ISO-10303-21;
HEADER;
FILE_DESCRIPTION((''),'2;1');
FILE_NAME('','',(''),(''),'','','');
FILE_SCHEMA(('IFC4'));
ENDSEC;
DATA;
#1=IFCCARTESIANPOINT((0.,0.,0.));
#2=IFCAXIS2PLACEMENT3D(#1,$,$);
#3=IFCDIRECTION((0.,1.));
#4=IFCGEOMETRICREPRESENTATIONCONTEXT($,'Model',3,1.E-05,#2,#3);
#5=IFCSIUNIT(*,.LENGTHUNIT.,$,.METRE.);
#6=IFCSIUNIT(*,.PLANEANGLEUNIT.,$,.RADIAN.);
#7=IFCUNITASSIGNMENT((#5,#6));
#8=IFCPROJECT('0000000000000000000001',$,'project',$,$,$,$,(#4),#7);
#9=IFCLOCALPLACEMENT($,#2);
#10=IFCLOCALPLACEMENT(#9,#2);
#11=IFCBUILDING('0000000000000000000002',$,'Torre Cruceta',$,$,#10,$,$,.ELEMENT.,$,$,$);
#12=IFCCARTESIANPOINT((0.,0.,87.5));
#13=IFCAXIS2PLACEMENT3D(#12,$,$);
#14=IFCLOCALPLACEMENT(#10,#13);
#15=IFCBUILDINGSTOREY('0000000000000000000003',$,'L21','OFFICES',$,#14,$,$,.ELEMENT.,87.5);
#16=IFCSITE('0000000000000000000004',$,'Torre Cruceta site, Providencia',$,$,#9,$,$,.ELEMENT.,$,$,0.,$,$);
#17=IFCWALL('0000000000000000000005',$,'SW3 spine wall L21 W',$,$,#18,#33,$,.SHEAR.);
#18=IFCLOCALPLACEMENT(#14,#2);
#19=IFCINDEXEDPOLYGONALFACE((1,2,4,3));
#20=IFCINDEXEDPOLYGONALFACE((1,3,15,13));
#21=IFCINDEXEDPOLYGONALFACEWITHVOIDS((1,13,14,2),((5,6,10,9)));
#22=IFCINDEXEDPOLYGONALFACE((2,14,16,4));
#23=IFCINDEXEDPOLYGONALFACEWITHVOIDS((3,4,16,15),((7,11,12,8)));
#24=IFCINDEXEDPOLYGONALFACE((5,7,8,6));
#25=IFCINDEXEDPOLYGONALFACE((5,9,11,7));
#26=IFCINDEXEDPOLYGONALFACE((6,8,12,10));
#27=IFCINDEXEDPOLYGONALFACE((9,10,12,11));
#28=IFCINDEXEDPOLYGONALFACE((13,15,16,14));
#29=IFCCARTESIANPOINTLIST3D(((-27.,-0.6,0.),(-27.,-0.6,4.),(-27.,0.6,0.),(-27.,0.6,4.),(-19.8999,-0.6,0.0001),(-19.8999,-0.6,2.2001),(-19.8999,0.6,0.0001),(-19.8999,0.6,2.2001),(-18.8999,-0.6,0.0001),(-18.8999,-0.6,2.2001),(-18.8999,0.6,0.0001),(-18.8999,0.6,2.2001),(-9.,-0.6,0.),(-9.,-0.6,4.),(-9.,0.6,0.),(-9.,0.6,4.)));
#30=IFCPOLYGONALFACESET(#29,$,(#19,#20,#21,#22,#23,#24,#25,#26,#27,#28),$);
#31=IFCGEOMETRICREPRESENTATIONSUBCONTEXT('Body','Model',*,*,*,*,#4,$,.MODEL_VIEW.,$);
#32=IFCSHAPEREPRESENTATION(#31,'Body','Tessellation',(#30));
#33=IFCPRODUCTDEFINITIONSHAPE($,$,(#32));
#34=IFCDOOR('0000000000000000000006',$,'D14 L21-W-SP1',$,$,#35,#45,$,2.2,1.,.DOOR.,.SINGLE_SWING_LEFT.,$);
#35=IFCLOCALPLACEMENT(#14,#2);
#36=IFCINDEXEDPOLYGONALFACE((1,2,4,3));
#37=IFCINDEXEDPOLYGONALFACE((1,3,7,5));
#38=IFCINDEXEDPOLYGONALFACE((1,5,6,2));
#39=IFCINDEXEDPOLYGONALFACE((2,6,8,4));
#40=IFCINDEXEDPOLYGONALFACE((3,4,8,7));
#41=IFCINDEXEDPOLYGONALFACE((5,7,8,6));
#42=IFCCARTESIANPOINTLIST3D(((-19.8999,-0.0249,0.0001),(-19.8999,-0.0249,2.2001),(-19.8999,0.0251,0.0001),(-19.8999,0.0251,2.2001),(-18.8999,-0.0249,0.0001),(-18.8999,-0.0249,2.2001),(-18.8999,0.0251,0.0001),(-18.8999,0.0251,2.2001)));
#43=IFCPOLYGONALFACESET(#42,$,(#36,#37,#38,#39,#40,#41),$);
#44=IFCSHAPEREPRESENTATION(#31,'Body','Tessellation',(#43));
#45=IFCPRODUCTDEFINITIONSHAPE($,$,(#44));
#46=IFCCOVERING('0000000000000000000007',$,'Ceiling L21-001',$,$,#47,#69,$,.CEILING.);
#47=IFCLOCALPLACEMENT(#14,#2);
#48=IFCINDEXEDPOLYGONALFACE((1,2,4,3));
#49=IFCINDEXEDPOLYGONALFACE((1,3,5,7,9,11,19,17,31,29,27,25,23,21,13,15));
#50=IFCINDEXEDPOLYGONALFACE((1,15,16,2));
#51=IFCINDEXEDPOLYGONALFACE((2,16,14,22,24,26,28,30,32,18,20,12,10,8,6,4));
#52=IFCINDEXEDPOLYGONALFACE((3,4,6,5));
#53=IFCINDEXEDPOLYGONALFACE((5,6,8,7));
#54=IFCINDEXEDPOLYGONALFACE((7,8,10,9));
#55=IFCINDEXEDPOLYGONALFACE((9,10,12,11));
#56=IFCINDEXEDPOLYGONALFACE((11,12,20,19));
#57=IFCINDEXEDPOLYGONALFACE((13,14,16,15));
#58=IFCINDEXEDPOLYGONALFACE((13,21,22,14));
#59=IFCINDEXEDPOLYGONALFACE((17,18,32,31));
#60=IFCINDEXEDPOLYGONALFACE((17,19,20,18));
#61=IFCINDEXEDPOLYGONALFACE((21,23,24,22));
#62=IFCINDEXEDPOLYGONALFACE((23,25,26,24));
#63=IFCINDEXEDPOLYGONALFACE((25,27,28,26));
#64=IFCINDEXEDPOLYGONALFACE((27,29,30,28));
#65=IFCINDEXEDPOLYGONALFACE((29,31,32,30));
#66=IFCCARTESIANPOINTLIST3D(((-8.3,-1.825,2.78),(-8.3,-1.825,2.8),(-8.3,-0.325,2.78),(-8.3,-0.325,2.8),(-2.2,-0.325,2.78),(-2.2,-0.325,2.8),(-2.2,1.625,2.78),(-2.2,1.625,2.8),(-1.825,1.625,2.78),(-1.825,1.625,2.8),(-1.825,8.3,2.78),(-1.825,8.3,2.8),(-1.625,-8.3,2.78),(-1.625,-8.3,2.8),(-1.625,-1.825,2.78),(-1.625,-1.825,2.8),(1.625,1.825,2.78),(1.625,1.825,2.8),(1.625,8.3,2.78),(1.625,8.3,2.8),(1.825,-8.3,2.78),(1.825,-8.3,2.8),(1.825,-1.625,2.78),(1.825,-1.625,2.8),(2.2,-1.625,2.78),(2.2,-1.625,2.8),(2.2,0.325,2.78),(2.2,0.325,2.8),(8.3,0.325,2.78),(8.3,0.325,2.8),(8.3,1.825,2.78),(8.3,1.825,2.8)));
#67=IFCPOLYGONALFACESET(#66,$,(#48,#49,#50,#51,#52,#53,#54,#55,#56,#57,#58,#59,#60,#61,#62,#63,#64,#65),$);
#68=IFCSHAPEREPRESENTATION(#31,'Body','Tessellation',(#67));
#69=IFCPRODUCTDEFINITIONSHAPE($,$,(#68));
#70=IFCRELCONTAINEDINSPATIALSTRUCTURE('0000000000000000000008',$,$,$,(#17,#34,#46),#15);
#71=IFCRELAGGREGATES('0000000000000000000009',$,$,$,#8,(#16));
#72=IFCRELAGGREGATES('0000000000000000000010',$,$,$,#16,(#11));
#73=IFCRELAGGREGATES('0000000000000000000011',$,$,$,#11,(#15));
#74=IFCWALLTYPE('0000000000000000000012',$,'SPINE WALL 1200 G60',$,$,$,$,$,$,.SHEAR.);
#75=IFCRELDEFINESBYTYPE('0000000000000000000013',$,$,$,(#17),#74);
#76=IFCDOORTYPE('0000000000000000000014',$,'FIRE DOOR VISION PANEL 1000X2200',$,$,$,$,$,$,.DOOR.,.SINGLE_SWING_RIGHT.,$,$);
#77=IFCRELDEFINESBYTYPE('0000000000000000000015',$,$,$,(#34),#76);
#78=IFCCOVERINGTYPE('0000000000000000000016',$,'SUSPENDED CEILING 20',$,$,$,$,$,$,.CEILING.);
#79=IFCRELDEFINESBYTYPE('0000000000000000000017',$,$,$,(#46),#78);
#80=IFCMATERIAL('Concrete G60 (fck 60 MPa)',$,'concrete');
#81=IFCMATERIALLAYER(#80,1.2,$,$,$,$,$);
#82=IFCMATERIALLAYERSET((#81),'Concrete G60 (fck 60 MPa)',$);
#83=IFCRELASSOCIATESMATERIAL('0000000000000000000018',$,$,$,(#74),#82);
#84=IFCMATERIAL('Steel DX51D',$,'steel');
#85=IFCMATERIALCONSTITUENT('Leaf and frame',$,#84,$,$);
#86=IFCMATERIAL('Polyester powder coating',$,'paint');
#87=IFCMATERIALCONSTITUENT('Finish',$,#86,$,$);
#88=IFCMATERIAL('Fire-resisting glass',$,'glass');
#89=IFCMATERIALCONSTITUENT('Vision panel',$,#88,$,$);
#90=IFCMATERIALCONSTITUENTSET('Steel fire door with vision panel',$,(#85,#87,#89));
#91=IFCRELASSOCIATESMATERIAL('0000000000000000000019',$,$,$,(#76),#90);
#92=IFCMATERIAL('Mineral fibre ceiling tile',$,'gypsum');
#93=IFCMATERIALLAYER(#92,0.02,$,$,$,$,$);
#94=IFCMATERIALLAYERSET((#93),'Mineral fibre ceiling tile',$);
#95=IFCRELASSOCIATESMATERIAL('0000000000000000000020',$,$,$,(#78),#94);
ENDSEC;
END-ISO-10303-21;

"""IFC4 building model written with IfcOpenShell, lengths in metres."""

from ifc_helpers import new_model, si_unit, direction, frame, frame_2d, origin, place, context, subcontext, project, spatial, polyline, rectangle, outline, extrude, material, layer, layer_set, constituent, constituent_set, type_object, element, fill, save


model = new_model("IFC4")

# Units and contexts
model_context = context("Model", 3, precision=1e-05, world=origin(), true_north=direction((0.0, 1.0)))
body_context = subcontext(model_context, "Body", "Model", "MODEL_VIEW")
ifc_project = project(units=[si_unit("LENGTHUNIT", "METRE"), si_unit("PLANEANGLEUNIT", "RADIAN")], contexts=[model_context])

# Site, building, storey
site_placement = place(None, origin())
site = spatial("IfcSite", under=ifc_project, at=site_placement, Name="Torre Cruceta site, Providencia", CompositionType="ELEMENT", RefElevation=0.0)
building_placement = place(site_placement, origin())
building = spatial("IfcBuilding", under=site, at=building_placement, Name="Torre Cruceta", CompositionType="ELEMENT")
storey_placement = place(building_placement, frame((0.0, 0.0, 87.5)))
storey = spatial("IfcBuildingStorey", under=building, at=storey_placement, Name="L21", Description="OFFICES", CompositionType="ELEMENT", Elevation=87.5)

# Wall, opening, door
ifc_material_1 = material(Name="Concrete G60 (fck 60 MPa)", Category="concrete")
ifc_layer_1 = layer(ifc_material_1, 1.2)
ifc_layer_set_1 = layer_set([ifc_layer_1], Name="Concrete G60 (fck 60 MPa)")
wall_type_1 = type_object("IfcWallType", Name="SPINE WALL 1200 G60", PredefinedType="SHEAR", material=ifc_layer_set_1)
wall_1_placement = place(storey_placement, frame((-9.0, 0.0, 0.0), z_axis=(0.0, 0.0, 1.0), x_axis=(-1.0, 0.0, 0.0)))
wall_1 = element("IfcWall", 1, at=wall_1_placement, inside=storey, type_object=wall_type_1, Name="SW3 spine wall L21 W", PredefinedType="SHEAR", context=body_context, shape_type="SweptSolid", body=[
    extrude(rectangle(XDim=18.0, YDim=1.2, at=frame_2d((9.0, 0.0))), origin(), (0.0, 0.0, 1.0), 4.0),
])
opening_1_placement = place(wall_1_placement, frame((9.8999, 0.0, 0.0)))
opening_1 = element("IfcOpeningElement", 2, at=opening_1_placement, cuts=wall_1, PredefinedType="OPENING", context=body_context, shape_type="SweptSolid", body=[
    extrude(rectangle(XDim=1.0, YDim=2.2, at=frame_2d((0.5, 1.1001))), frame((0.0, 0.6099, 0.0), z_axis=(0.0, -1.0, 0.0), x_axis=(1.0, 0.0, 0.0)), (0.0, 0.0, 1.0), 1.22),
])
ifc_material_2 = material(Name="Steel DX51D", Category="steel")
ifc_constituent_1 = constituent(ifc_material_2, Name="Leaf and frame")
ifc_material_3 = material(Name="Polyester powder coating", Category="paint")
ifc_constituent_2 = constituent(ifc_material_3, Name="Finish")
ifc_material_4 = material(Name="Fire-resisting glass", Category="glass")
ifc_constituent_3 = constituent(ifc_material_4, Name="Vision panel")
ifc_constituent_set_1 = constituent_set(constituents=[ifc_constituent_1, ifc_constituent_2, ifc_constituent_3], Name="Steel fire door with vision panel")
door_type_1 = type_object("IfcDoorType", Name="FIRE DOOR VISION PANEL 1000X2200", OperationType="SINGLE_SWING_RIGHT", PredefinedType="DOOR", material=ifc_constituent_set_1)
door_1_placement = place(opening_1_placement, frame((1.0, 0.0, 0.0), z_axis=(0.0, 0.0, 1.0), x_axis=(-1.0, 0.0, 0.0)))
door_1 = element("IfcDoor", 3, at=door_1_placement, inside=storey, type_object=door_type_1, Name="D14 L21-W-SP1", OperationType="SINGLE_SWING_LEFT", OverallHeight=2.2, OverallWidth=1.0, PredefinedType="DOOR", context=body_context, shape_type="SweptSolid", body=[
    extrude(rectangle(XDim=1.0, YDim=2.2, at=frame_2d((0.5, 1.1001))), frame((0.0, 0.0251, 0.0), z_axis=(0.0, -1.0, 0.0), x_axis=(1.0, 0.0, 0.0)), (0.0, 0.0, 1.0), 0.05),
])
fill(opening_1, door_1)

# Covering
ifc_material_5 = material(Name="Mineral fibre ceiling tile", Category="gypsum")
ifc_layer_2 = layer(ifc_material_5, 0.02)
ifc_layer_set_2 = layer_set([ifc_layer_2], Name="Mineral fibre ceiling tile")
covering_type = type_object("IfcCoveringType", Name="SUSPENDED CEILING 20", PredefinedType="CEILING", material=ifc_layer_set_2)
covering_placement = place(storey_placement, frame((0.0, 0.0, 2.78)))
element("IfcCovering", 4, at=covering_placement, inside=storey, type_object=covering_type, Name="Ceiling L21-001", PredefinedType="CEILING", context=body_context, shape_type="SweptSolid", body=[
    extrude(outline(polyline([(1.825, -8.3), (-1.625, -8.3), (-1.625, -1.825), (-8.3, -1.825), (-8.3, -0.325), (-2.2, -0.325), (-2.2, 1.625), (-1.825, 1.625), (-1.825, 8.3), (1.625, 8.3), (1.625, 1.825), (8.3, 1.825), (8.3, 0.325), (2.2, 0.325), (2.2, -1.625), (1.825, -1.625), (1.825, -8.3)])), origin(), (0.0, 0.0, 1.0), 0.02),
])

save(model, "model.ifc")
